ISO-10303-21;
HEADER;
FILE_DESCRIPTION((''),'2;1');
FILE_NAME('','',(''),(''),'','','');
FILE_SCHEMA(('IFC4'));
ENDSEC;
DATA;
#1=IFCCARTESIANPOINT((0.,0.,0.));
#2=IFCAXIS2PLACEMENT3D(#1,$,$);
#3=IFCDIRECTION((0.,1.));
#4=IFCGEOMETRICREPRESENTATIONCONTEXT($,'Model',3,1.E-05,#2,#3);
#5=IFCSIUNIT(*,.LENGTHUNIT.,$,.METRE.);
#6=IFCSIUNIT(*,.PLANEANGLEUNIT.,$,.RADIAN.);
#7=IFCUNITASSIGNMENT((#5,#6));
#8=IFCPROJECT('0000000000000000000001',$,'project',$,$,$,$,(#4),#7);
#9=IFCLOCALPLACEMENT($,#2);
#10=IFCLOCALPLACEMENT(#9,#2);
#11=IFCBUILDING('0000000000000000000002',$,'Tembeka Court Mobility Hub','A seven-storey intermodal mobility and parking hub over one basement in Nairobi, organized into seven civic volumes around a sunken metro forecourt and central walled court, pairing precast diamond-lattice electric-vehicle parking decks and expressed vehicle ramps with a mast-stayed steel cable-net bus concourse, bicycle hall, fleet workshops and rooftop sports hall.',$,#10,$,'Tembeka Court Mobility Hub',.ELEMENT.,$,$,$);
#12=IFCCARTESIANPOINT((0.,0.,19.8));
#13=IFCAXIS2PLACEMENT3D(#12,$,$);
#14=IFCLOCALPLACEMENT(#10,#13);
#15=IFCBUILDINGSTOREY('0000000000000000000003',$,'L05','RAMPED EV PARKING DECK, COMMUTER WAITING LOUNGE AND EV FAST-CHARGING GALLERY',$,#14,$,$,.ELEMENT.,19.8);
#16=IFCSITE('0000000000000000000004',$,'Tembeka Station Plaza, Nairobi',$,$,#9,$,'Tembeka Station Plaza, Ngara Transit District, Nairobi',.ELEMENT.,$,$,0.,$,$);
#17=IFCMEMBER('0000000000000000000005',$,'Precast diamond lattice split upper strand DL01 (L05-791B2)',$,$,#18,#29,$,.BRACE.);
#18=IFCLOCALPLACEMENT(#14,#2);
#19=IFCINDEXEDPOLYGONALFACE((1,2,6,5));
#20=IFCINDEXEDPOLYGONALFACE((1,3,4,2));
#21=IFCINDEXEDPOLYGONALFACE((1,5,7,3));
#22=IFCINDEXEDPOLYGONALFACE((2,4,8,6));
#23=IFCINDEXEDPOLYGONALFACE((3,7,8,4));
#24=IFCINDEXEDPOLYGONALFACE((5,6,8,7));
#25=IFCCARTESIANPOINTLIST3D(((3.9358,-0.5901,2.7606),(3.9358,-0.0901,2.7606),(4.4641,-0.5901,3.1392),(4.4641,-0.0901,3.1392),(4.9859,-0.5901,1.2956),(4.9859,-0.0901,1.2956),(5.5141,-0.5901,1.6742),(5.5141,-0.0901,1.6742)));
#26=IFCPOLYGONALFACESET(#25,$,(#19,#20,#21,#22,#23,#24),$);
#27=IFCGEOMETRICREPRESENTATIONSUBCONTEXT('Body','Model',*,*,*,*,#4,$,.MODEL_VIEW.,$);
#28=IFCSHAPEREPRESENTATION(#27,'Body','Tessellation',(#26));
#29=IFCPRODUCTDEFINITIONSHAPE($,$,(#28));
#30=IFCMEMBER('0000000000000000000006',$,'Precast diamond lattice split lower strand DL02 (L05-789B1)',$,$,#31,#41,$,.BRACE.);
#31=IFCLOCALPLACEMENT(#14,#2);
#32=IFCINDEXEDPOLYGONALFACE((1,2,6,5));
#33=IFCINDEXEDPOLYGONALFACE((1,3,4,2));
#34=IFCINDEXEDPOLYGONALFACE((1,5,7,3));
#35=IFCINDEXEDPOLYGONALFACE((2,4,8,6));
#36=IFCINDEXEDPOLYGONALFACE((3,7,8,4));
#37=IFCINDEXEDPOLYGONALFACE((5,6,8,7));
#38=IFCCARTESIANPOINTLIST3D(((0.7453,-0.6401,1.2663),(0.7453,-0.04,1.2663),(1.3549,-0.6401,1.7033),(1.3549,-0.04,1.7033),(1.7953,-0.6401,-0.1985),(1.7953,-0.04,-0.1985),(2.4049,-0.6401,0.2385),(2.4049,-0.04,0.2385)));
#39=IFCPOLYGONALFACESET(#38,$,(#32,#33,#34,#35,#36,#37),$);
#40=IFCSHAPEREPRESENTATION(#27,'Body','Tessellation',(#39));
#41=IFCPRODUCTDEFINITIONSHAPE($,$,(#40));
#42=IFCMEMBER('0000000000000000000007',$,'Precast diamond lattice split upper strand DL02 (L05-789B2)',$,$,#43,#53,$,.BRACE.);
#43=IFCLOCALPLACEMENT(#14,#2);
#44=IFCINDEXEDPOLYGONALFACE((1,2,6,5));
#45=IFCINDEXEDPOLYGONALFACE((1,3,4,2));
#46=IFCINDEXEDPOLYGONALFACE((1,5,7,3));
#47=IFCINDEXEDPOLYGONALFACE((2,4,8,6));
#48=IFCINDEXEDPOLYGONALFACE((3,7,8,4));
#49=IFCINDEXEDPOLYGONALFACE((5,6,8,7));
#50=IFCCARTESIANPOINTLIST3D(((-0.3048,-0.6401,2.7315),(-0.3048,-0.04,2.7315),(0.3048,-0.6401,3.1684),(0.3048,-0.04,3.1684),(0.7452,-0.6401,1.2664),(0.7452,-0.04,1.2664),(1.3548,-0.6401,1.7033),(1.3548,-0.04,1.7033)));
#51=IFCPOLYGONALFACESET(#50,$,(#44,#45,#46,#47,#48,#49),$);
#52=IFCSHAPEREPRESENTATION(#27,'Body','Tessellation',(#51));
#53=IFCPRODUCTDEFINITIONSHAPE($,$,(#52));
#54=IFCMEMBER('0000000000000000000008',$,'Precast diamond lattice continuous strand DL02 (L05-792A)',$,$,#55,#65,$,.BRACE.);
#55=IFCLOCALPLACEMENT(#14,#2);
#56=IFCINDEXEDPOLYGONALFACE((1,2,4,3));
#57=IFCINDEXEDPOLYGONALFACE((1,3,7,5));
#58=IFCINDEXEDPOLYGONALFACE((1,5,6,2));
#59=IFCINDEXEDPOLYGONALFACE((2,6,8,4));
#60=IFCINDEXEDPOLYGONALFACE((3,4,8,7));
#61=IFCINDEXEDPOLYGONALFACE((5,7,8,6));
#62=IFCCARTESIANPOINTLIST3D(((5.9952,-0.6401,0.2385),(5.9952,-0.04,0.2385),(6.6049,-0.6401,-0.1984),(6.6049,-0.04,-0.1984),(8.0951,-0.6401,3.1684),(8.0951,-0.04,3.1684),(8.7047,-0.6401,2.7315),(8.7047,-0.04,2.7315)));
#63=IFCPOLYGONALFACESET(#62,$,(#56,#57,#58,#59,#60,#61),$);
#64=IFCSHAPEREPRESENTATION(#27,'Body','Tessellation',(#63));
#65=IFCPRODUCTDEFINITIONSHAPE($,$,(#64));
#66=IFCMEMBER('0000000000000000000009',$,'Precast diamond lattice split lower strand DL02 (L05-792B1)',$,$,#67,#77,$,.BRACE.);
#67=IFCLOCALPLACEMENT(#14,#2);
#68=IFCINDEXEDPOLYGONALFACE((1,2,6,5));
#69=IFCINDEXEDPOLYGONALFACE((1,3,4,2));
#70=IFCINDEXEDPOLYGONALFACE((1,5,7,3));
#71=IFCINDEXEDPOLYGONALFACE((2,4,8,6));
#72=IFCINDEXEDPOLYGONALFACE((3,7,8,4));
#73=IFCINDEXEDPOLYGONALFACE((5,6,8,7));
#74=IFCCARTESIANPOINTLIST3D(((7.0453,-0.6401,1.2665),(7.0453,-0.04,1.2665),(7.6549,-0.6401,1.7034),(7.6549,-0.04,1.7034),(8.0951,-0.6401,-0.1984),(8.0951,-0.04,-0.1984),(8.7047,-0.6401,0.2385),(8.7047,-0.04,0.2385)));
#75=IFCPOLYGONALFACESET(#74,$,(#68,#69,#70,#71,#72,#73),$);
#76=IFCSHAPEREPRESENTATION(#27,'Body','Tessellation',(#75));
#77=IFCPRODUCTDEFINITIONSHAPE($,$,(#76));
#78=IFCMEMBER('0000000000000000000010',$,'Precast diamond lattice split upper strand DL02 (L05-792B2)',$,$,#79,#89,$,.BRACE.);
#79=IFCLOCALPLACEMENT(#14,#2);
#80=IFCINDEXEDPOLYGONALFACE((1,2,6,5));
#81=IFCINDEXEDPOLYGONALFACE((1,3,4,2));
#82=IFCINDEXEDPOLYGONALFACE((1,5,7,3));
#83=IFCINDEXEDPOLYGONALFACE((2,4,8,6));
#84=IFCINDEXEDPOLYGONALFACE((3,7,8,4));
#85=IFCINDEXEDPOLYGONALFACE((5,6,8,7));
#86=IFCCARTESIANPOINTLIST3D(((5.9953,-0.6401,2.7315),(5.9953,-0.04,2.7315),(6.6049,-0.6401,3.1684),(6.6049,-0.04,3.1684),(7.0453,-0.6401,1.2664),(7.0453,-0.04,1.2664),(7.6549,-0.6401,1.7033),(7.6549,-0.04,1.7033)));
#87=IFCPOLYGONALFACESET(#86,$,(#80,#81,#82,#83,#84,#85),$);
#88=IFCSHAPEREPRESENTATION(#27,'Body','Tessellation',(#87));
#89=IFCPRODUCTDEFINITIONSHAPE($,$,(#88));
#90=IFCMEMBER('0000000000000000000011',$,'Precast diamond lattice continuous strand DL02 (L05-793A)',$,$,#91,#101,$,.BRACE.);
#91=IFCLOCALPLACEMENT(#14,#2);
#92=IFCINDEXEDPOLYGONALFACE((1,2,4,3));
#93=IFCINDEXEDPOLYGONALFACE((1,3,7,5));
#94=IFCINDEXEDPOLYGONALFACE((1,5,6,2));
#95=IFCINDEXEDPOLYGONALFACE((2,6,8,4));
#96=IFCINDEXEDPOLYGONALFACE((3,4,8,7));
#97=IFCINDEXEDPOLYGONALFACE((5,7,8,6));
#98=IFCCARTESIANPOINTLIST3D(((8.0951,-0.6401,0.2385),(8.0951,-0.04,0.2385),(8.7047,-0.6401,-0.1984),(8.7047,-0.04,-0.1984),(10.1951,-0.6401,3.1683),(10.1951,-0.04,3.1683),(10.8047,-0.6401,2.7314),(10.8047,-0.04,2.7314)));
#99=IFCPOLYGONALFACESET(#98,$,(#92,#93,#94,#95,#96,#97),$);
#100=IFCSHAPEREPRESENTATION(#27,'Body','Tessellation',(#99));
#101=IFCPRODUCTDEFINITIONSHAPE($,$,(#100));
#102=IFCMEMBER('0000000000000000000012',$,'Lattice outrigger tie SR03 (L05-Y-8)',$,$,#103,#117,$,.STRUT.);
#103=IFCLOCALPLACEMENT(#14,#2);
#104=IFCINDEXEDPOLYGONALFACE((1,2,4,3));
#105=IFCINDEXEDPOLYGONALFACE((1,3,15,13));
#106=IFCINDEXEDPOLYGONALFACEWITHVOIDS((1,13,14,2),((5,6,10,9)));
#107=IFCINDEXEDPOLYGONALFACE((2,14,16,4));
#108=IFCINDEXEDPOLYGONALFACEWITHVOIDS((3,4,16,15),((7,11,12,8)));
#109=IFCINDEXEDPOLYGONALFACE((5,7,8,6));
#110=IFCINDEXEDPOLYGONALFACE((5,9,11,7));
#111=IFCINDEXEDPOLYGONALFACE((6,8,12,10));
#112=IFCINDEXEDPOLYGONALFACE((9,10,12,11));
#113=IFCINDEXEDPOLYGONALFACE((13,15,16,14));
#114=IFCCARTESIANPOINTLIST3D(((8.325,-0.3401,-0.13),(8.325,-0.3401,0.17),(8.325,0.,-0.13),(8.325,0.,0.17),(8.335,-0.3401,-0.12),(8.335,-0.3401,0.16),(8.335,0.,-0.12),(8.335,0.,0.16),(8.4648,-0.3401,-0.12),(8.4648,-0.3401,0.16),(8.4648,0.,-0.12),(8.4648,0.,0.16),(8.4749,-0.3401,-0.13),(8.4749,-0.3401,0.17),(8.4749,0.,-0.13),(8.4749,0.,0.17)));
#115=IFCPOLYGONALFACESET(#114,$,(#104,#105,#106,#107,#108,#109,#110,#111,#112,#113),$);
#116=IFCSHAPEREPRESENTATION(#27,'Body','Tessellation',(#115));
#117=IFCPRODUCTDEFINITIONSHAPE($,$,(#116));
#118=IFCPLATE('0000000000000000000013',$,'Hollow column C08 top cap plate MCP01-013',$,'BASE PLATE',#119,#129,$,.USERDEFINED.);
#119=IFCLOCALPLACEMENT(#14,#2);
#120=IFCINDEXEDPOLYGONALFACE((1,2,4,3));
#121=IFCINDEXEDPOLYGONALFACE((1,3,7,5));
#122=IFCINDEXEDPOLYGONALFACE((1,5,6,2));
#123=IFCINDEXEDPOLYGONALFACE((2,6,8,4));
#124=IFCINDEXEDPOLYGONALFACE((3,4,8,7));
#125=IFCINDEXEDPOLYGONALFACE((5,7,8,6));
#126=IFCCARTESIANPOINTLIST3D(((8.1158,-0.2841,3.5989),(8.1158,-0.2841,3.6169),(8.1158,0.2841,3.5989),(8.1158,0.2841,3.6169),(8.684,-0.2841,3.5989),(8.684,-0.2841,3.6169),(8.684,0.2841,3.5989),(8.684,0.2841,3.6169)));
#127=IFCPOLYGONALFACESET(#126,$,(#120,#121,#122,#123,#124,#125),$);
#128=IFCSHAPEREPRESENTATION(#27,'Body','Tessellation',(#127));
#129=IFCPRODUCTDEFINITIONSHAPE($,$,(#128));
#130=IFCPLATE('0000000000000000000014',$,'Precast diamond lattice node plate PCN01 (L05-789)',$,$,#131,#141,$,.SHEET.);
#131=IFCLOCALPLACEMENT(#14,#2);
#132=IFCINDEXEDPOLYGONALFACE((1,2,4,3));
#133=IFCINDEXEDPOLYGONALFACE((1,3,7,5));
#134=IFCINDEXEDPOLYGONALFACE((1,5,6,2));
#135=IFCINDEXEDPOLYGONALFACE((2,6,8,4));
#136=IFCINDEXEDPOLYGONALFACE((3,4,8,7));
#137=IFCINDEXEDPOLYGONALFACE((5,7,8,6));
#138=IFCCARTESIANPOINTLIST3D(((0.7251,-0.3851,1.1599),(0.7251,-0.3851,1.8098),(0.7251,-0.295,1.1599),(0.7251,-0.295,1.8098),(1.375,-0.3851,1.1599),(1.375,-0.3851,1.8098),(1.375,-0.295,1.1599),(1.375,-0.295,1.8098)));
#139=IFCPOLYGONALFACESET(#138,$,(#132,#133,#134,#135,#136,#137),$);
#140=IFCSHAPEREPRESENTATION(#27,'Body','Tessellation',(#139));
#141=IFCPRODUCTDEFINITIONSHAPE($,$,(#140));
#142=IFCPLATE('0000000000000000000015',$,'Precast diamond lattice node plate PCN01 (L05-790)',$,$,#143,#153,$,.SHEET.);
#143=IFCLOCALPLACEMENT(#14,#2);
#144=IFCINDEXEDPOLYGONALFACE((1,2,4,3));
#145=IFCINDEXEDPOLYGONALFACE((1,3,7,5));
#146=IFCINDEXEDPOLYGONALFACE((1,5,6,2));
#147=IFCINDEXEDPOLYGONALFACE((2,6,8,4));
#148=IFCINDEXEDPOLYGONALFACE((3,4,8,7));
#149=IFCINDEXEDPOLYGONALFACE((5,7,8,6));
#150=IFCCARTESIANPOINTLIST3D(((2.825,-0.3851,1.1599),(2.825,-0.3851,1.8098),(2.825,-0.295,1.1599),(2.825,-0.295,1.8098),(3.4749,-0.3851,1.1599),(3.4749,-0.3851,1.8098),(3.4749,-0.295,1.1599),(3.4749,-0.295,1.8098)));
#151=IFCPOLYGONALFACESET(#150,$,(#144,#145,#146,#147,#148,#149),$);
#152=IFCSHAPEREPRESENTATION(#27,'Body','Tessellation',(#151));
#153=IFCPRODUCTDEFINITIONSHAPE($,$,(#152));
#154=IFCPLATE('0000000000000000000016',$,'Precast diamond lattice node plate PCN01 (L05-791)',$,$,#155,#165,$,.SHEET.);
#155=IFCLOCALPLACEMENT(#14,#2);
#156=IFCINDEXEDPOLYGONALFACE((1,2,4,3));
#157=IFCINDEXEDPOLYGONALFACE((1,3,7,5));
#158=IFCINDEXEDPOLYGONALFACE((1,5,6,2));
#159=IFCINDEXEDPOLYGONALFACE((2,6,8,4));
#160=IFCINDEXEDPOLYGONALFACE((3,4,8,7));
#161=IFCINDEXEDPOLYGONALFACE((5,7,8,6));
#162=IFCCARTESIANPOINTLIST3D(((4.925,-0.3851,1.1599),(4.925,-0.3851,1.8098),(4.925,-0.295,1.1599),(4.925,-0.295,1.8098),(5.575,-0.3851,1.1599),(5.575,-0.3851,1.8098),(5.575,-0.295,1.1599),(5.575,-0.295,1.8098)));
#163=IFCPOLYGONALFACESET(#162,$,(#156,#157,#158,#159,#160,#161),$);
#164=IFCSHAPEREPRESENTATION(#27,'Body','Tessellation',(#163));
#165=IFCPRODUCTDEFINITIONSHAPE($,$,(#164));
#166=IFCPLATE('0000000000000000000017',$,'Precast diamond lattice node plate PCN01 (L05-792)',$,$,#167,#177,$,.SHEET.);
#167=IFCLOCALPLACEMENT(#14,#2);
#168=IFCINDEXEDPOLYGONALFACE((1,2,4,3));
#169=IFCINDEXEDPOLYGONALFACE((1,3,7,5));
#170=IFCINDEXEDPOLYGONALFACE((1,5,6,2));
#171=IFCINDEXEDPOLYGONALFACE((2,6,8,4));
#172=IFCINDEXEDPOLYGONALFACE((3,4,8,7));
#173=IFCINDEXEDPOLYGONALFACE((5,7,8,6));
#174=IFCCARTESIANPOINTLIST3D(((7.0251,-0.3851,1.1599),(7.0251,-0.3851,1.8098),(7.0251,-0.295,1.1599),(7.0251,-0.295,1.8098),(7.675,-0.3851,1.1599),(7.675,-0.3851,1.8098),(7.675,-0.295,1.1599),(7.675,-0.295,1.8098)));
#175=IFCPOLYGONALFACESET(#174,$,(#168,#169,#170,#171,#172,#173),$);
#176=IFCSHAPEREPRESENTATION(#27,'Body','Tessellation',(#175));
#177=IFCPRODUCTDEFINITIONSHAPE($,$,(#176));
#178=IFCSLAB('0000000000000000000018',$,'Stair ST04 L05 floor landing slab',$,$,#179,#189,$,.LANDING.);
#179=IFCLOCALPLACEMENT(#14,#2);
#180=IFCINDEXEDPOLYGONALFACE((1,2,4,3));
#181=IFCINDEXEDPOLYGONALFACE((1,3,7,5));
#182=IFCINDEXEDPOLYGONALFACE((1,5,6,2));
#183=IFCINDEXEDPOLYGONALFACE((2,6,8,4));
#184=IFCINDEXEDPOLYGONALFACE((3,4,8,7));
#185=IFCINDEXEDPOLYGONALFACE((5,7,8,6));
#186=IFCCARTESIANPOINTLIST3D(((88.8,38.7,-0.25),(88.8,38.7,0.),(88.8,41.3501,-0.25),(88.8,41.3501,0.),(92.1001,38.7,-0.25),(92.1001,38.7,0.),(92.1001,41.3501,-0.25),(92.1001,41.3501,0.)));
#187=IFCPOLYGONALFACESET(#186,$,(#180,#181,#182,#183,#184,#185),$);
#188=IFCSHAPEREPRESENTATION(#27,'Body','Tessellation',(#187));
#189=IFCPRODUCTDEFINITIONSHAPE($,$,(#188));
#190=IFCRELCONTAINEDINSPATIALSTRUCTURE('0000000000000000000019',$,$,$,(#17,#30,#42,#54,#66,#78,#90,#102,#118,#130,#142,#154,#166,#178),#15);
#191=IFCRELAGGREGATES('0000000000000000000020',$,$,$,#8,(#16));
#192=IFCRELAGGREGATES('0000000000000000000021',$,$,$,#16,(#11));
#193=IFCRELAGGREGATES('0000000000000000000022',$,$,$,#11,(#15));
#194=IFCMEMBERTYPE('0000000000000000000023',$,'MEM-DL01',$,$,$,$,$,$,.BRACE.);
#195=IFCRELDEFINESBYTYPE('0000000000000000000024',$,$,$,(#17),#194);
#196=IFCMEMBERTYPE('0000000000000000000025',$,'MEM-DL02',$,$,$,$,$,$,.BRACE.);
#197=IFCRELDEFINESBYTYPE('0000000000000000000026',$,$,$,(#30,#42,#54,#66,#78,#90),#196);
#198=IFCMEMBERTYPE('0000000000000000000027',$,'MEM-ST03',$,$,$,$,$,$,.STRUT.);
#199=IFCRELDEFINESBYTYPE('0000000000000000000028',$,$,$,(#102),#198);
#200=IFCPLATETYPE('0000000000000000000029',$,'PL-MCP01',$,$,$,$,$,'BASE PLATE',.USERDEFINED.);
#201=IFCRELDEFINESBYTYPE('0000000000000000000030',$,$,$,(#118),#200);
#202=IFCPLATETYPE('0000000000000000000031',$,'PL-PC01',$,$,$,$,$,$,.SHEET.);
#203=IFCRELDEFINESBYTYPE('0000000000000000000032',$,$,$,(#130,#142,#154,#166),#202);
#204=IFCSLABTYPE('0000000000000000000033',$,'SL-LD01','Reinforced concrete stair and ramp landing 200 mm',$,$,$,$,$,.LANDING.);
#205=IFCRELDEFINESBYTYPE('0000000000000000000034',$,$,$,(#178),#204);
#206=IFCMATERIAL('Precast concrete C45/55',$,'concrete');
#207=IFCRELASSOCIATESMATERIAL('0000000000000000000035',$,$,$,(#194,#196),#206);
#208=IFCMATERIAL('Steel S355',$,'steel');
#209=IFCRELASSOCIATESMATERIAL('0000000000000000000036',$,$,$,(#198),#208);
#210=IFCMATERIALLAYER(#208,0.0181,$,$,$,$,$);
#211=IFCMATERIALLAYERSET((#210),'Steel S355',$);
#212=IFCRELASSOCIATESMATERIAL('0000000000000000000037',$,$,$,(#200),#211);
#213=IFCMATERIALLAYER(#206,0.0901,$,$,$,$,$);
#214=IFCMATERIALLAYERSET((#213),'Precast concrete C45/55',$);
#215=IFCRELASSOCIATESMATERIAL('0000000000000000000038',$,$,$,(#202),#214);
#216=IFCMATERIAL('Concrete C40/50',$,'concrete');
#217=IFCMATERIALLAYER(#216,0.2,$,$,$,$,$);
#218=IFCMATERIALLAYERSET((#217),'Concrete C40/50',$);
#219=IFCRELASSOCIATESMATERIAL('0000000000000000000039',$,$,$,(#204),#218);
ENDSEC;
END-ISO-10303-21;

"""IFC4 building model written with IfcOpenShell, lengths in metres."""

from ifc_helpers import new_model, si_unit, direction, frame, origin, origin_2d, place, context, subcontext, project, spatial, polyline, rectangle, hollow_rectangle, outline, extrude, material, layer, layer_set, material_profile, profile_set, type_object, element, save


model = new_model("IFC4")

# Units and contexts
model_context = context("Model", 3, precision=1e-05, world=origin(), true_north=direction((0.0, 1.0)))
body_context = subcontext(model_context, "Body", "Model", "MODEL_VIEW")
ifc_project = project(units=[si_unit("LENGTHUNIT", "METRE"), si_unit("PLANEANGLEUNIT", "RADIAN")], contexts=[model_context])

# Site, building, storey
site_placement = place(None, origin())
site = spatial("IfcSite", under=ifc_project, at=site_placement, Name="Tembeka Station Plaza, Nairobi", LongName="Tembeka Station Plaza, Ngara Transit District, Nairobi", CompositionType="ELEMENT", RefElevation=0.0)
building_placement = place(site_placement, origin())
building = spatial("IfcBuilding", under=site, at=building_placement, Name="Tembeka Court Mobility Hub", Description="A seven-storey intermodal mobility and parking hub over one basement in Nairobi, organized into seven civic volumes around a sunken metro forecourt and central walled court, pairing precast diamond-lattice electric-vehicle parking decks and expressed vehicle ramps with a mast-stayed steel cable-net bus concourse, bicycle hall, fleet workshops and rooftop sports hall.", LongName="Tembeka Court Mobility Hub", CompositionType="ELEMENT")
storey_placement = place(building_placement, frame((0.0, 0.0, 19.8)))
storey = spatial("IfcBuildingStorey", under=building, at=storey_placement, Name="L05", Description="RAMPED EV PARKING DECK, COMMUTER WAITING LOUNGE AND EV FAST-CHARGING GALLERY", CompositionType="ELEMENT", Elevation=19.8)

# Shared definitions
ifc_material_1 = material(Name="Steel S355", Category="steel")

# Shared definitions
ifc_material_2 = material(Name="Precast concrete C45/55", Category="concrete")

# Members
ifc_material_profile_1 = material_profile(ifc_material_2, rectangle(XDim=0.5, YDim=0.6499, at=origin_2d()), Name="PC-DIAG 500x650")
ifc_profile_set_1 = profile_set([ifc_material_profile_1], Name="Precast concrete C45/55")
member_type_1 = type_object("IfcMemberType", Name="MEM-DL01", PredefinedType="BRACE", material=ifc_profile_set_1)
member_1_placement = place(storey_placement, frame((5.25, -0.3401, 1.4849), z_axis=(-0.582544, 0.0, 0.812799), x_axis=(0.0, -1.0, 0.0)))
element("IfcMember", 1, at=member_1_placement, inside=storey, type_object=member_type_1, Name="Precast diamond lattice split upper strand DL01 (L05-791B2)", PredefinedType="BRACE", context=body_context, shape_type="SweptSolid", body=[
    extrude(rectangle(XDim=0.5, YDim=0.6499, at=origin_2d()), origin(), (0.0, 0.0, 1.0), 1.8025),
])
ifc_material_profile_2 = material_profile(ifc_material_2, rectangle(XDim=0.6001, YDim=0.75, at=origin_2d()), Name="PC-DIAG 600x750")
ifc_profile_set_2 = profile_set([ifc_material_profile_2], Name="Precast concrete C45/55")
member_type_2 = type_object("IfcMemberType", Name="MEM-DL02", PredefinedType="BRACE", material=ifc_profile_set_2)
member_2_placement = place(storey_placement, frame((2.1001, -0.3401, 0.02), z_axis=(-0.582608, 0.0, 0.812753), x_axis=(0.0, -1.0, 0.0)))
element("IfcMember", 2, at=member_2_placement, inside=storey, type_object=member_type_2, Name="Precast diamond lattice split lower strand DL02 (L05-789B1)", PredefinedType="BRACE", context=body_context, shape_type="SweptSolid", body=[
    extrude(rectangle(XDim=0.6001, YDim=0.75, at=origin_2d()), origin(), (0.0, 0.0, 1.0), 1.8022),
])
member_3_placement = place(storey_placement, frame((1.05, -0.3401, 1.4849), z_axis=(-0.582544, 0.0, 0.812799), x_axis=(0.0, -1.0, 0.0)))
element("IfcMember", 3, at=member_3_placement, inside=storey, type_object=member_type_2, Name="Precast diamond lattice split upper strand DL02 (L05-789B2)", PredefinedType="BRACE", context=body_context, shape_type="SweptSolid", body=[
    extrude(rectangle(XDim=0.6001, YDim=0.75, at=origin_2d()), origin(), (0.0, 0.0, 1.0), 1.8025),
])
member_4_placement = place(storey_placement, frame((6.3, -0.3401, 0.02), z_axis=(0.582532, 0.0, 0.812808), x_axis=(0.0, 1.0, 0.0)))
element("IfcMember", 4, at=member_4_placement, inside=storey, type_object=member_type_2, Name="Precast diamond lattice continuous strand DL02 (L05-792A)", PredefinedType="BRACE", context=body_context, shape_type="SweptSolid", body=[
    extrude(rectangle(XDim=0.6001, YDim=0.75, at=origin_2d()), origin(), (0.0, 0.0, 1.0), 3.6047),
])
member_5_placement = place(storey_placement, frame((8.3999, -0.3401, 0.02), z_axis=(-0.582519, 0.0, 0.812817), x_axis=(0.0, -1.0, 0.0)))
element("IfcMember", 5, at=member_5_placement, inside=storey, type_object=member_type_2, Name="Precast diamond lattice split lower strand DL02 (L05-792B1)", PredefinedType="BRACE", context=body_context, shape_type="SweptSolid", body=[
    extrude(rectangle(XDim=0.6001, YDim=0.75, at=origin_2d()), origin(), (0.0, 0.0, 1.0), 1.8022),
])
member_6_placement = place(storey_placement, frame((7.3501, -0.3401, 1.4849), z_axis=(-0.582544, 0.0, 0.812799), x_axis=(0.0, -1.0, 0.0)))
element("IfcMember", 6, at=member_6_placement, inside=storey, type_object=member_type_2, Name="Precast diamond lattice split upper strand DL02 (L05-792B2)", PredefinedType="BRACE", context=body_context, shape_type="SweptSolid", body=[
    extrude(rectangle(XDim=0.6001, YDim=0.75, at=origin_2d()), origin(), (0.0, 0.0, 1.0), 1.8025),
])
member_7_placement = place(storey_placement, frame((8.3999, -0.3401, 0.02), z_axis=(0.582576, 0.0, 0.812776), x_axis=(0.0, 1.0, 0.0)))
element("IfcMember", 7, at=member_7_placement, inside=storey, type_object=member_type_2, Name="Precast diamond lattice continuous strand DL02 (L05-793A)", PredefinedType="BRACE", context=body_context, shape_type="SweptSolid", body=[
    extrude(rectangle(XDim=0.6001, YDim=0.75, at=origin_2d()), origin(), (0.0, 0.0, 1.0), 3.6047),
])
ifc_material_profile_3 = material_profile(ifc_material_1, hollow_rectangle(XDim=0.1499, YDim=0.3, WallThickness=0.01, at=origin_2d()), Name="RHS 300x150x10")
ifc_profile_set_3 = profile_set([ifc_material_profile_3], Name="Steel S355")
member_type_3 = type_object("IfcMemberType", Name="MEM-ST03", PredefinedType="STRUT", material=ifc_profile_set_3)
member_8_placement = place(storey_placement, frame((8.3999, 0.0, 0.02), z_axis=(0.0, -1.0, 0.0), x_axis=(1.0, 0.0, 0.0)))
element("IfcMember", 8, at=member_8_placement, inside=storey, type_object=member_type_3, Name="Lattice outrigger tie SR03 (L05-Y-8)", PredefinedType="STRUT", context=body_context, shape_type="SweptSolid", body=[
    extrude(hollow_rectangle(XDim=0.1499, YDim=0.3, WallThickness=0.01, at=origin_2d()), origin(), (0.0, 0.0, 1.0), 0.3401),
])

# Plates
ifc_layer_1 = layer(ifc_material_1, 0.0181)
ifc_layer_set_1 = layer_set([ifc_layer_1], Name="Steel S355")
plate_type_1 = type_object("IfcPlateType", Name="PL-MCP01", ElementType="BASE PLATE", PredefinedType="USERDEFINED", material=ifc_layer_set_1)
plate_placement = place(storey_placement, frame((8.3999, 0.0, 3.5989), z_axis=(0.0, 0.0, 1.0), x_axis=(1.0, 0.0, 0.0)))
element("IfcPlate", 9, at=plate_placement, inside=storey, type_object=plate_type_1, Name="Hollow column C08 top cap plate MCP01-013", ObjectType="BASE PLATE", PredefinedType="USERDEFINED", context=body_context, shape_type="SweptSolid", body=[
    extrude(rectangle(XDim=0.5681, YDim=0.5681, at=origin_2d()), origin(), (0.0, 0.0, 1.0), 0.0181),
])
ifc_layer_2 = layer(ifc_material_2, 0.0901)
ifc_layer_set_2 = layer_set([ifc_layer_2], Name="Precast concrete C45/55")
plate_type_2 = type_object("IfcPlateType", Name="PL-PC01", PredefinedType="SHEET", material=ifc_layer_set_2)
for number, where, z_axis, x_axis, name in (
    (10, (1.05, -0.3401, 1.1599), (0.0, 0.0, 1.0), (1.0, 0.0, 0.0), "Precast diamond lattice node plate PCN01 (L05-789)"),
    (11, (3.1499, -0.3401, 1.1599), (0.0, 0.0, 1.0), (1.0, 0.0, 0.0), "Precast diamond lattice node plate PCN01 (L05-790)"),
    (12, (5.25, -0.3401, 1.1599), (0.0, 0.0, 1.0), (1.0, 0.0, 0.0), "Precast diamond lattice node plate PCN01 (L05-791)"),
    (13, (7.3501, -0.3401, 1.1599), (0.0, 0.0, 1.0), (1.0, 0.0, 0.0), "Precast diamond lattice node plate PCN01 (L05-792)"),
):
    element("IfcPlate", number, at=place(storey_placement, frame(where, z_axis=z_axis, x_axis=x_axis)), inside=storey, type_object=plate_type_2, Name=name, PredefinedType="SHEET", context=body_context, shape_type="SweptSolid", body=[
        extrude(rectangle(XDim=0.6499, YDim=0.0901, at=origin_2d()), origin(), (0.0, 0.0, 1.0), 0.6499),
    ])

# Slab
ifc_material_3 = material(Name="Concrete C40/50", Category="concrete")
ifc_layer_3 = layer(ifc_material_3, 0.2)
ifc_layer_set_3 = layer_set([ifc_layer_3], Name="Concrete C40/50")
slab_type = type_object("IfcSlabType", Name="SL-LD01", Description="Reinforced concrete stair and ramp landing 200 mm", PredefinedType="LANDING", material=ifc_layer_set_3)
slab_1_placement = place(storey_placement, frame((0.0, 0.0, -0.25)))
element("IfcSlab", 14, at=slab_1_placement, inside=storey, type_object=slab_type, Name="Stair ST04 L05 floor landing slab", PredefinedType="LANDING", context=body_context, shape_type="SweptSolid", body=[
    extrude(outline(polyline([(88.8, 38.7), (92.1001, 38.7), (92.1001, 41.3501), (88.8, 41.3501), (88.8, 38.7)])), origin(), (0.0, 0.0, 1.0), 0.25),
])

save(model, "model.ifc")
